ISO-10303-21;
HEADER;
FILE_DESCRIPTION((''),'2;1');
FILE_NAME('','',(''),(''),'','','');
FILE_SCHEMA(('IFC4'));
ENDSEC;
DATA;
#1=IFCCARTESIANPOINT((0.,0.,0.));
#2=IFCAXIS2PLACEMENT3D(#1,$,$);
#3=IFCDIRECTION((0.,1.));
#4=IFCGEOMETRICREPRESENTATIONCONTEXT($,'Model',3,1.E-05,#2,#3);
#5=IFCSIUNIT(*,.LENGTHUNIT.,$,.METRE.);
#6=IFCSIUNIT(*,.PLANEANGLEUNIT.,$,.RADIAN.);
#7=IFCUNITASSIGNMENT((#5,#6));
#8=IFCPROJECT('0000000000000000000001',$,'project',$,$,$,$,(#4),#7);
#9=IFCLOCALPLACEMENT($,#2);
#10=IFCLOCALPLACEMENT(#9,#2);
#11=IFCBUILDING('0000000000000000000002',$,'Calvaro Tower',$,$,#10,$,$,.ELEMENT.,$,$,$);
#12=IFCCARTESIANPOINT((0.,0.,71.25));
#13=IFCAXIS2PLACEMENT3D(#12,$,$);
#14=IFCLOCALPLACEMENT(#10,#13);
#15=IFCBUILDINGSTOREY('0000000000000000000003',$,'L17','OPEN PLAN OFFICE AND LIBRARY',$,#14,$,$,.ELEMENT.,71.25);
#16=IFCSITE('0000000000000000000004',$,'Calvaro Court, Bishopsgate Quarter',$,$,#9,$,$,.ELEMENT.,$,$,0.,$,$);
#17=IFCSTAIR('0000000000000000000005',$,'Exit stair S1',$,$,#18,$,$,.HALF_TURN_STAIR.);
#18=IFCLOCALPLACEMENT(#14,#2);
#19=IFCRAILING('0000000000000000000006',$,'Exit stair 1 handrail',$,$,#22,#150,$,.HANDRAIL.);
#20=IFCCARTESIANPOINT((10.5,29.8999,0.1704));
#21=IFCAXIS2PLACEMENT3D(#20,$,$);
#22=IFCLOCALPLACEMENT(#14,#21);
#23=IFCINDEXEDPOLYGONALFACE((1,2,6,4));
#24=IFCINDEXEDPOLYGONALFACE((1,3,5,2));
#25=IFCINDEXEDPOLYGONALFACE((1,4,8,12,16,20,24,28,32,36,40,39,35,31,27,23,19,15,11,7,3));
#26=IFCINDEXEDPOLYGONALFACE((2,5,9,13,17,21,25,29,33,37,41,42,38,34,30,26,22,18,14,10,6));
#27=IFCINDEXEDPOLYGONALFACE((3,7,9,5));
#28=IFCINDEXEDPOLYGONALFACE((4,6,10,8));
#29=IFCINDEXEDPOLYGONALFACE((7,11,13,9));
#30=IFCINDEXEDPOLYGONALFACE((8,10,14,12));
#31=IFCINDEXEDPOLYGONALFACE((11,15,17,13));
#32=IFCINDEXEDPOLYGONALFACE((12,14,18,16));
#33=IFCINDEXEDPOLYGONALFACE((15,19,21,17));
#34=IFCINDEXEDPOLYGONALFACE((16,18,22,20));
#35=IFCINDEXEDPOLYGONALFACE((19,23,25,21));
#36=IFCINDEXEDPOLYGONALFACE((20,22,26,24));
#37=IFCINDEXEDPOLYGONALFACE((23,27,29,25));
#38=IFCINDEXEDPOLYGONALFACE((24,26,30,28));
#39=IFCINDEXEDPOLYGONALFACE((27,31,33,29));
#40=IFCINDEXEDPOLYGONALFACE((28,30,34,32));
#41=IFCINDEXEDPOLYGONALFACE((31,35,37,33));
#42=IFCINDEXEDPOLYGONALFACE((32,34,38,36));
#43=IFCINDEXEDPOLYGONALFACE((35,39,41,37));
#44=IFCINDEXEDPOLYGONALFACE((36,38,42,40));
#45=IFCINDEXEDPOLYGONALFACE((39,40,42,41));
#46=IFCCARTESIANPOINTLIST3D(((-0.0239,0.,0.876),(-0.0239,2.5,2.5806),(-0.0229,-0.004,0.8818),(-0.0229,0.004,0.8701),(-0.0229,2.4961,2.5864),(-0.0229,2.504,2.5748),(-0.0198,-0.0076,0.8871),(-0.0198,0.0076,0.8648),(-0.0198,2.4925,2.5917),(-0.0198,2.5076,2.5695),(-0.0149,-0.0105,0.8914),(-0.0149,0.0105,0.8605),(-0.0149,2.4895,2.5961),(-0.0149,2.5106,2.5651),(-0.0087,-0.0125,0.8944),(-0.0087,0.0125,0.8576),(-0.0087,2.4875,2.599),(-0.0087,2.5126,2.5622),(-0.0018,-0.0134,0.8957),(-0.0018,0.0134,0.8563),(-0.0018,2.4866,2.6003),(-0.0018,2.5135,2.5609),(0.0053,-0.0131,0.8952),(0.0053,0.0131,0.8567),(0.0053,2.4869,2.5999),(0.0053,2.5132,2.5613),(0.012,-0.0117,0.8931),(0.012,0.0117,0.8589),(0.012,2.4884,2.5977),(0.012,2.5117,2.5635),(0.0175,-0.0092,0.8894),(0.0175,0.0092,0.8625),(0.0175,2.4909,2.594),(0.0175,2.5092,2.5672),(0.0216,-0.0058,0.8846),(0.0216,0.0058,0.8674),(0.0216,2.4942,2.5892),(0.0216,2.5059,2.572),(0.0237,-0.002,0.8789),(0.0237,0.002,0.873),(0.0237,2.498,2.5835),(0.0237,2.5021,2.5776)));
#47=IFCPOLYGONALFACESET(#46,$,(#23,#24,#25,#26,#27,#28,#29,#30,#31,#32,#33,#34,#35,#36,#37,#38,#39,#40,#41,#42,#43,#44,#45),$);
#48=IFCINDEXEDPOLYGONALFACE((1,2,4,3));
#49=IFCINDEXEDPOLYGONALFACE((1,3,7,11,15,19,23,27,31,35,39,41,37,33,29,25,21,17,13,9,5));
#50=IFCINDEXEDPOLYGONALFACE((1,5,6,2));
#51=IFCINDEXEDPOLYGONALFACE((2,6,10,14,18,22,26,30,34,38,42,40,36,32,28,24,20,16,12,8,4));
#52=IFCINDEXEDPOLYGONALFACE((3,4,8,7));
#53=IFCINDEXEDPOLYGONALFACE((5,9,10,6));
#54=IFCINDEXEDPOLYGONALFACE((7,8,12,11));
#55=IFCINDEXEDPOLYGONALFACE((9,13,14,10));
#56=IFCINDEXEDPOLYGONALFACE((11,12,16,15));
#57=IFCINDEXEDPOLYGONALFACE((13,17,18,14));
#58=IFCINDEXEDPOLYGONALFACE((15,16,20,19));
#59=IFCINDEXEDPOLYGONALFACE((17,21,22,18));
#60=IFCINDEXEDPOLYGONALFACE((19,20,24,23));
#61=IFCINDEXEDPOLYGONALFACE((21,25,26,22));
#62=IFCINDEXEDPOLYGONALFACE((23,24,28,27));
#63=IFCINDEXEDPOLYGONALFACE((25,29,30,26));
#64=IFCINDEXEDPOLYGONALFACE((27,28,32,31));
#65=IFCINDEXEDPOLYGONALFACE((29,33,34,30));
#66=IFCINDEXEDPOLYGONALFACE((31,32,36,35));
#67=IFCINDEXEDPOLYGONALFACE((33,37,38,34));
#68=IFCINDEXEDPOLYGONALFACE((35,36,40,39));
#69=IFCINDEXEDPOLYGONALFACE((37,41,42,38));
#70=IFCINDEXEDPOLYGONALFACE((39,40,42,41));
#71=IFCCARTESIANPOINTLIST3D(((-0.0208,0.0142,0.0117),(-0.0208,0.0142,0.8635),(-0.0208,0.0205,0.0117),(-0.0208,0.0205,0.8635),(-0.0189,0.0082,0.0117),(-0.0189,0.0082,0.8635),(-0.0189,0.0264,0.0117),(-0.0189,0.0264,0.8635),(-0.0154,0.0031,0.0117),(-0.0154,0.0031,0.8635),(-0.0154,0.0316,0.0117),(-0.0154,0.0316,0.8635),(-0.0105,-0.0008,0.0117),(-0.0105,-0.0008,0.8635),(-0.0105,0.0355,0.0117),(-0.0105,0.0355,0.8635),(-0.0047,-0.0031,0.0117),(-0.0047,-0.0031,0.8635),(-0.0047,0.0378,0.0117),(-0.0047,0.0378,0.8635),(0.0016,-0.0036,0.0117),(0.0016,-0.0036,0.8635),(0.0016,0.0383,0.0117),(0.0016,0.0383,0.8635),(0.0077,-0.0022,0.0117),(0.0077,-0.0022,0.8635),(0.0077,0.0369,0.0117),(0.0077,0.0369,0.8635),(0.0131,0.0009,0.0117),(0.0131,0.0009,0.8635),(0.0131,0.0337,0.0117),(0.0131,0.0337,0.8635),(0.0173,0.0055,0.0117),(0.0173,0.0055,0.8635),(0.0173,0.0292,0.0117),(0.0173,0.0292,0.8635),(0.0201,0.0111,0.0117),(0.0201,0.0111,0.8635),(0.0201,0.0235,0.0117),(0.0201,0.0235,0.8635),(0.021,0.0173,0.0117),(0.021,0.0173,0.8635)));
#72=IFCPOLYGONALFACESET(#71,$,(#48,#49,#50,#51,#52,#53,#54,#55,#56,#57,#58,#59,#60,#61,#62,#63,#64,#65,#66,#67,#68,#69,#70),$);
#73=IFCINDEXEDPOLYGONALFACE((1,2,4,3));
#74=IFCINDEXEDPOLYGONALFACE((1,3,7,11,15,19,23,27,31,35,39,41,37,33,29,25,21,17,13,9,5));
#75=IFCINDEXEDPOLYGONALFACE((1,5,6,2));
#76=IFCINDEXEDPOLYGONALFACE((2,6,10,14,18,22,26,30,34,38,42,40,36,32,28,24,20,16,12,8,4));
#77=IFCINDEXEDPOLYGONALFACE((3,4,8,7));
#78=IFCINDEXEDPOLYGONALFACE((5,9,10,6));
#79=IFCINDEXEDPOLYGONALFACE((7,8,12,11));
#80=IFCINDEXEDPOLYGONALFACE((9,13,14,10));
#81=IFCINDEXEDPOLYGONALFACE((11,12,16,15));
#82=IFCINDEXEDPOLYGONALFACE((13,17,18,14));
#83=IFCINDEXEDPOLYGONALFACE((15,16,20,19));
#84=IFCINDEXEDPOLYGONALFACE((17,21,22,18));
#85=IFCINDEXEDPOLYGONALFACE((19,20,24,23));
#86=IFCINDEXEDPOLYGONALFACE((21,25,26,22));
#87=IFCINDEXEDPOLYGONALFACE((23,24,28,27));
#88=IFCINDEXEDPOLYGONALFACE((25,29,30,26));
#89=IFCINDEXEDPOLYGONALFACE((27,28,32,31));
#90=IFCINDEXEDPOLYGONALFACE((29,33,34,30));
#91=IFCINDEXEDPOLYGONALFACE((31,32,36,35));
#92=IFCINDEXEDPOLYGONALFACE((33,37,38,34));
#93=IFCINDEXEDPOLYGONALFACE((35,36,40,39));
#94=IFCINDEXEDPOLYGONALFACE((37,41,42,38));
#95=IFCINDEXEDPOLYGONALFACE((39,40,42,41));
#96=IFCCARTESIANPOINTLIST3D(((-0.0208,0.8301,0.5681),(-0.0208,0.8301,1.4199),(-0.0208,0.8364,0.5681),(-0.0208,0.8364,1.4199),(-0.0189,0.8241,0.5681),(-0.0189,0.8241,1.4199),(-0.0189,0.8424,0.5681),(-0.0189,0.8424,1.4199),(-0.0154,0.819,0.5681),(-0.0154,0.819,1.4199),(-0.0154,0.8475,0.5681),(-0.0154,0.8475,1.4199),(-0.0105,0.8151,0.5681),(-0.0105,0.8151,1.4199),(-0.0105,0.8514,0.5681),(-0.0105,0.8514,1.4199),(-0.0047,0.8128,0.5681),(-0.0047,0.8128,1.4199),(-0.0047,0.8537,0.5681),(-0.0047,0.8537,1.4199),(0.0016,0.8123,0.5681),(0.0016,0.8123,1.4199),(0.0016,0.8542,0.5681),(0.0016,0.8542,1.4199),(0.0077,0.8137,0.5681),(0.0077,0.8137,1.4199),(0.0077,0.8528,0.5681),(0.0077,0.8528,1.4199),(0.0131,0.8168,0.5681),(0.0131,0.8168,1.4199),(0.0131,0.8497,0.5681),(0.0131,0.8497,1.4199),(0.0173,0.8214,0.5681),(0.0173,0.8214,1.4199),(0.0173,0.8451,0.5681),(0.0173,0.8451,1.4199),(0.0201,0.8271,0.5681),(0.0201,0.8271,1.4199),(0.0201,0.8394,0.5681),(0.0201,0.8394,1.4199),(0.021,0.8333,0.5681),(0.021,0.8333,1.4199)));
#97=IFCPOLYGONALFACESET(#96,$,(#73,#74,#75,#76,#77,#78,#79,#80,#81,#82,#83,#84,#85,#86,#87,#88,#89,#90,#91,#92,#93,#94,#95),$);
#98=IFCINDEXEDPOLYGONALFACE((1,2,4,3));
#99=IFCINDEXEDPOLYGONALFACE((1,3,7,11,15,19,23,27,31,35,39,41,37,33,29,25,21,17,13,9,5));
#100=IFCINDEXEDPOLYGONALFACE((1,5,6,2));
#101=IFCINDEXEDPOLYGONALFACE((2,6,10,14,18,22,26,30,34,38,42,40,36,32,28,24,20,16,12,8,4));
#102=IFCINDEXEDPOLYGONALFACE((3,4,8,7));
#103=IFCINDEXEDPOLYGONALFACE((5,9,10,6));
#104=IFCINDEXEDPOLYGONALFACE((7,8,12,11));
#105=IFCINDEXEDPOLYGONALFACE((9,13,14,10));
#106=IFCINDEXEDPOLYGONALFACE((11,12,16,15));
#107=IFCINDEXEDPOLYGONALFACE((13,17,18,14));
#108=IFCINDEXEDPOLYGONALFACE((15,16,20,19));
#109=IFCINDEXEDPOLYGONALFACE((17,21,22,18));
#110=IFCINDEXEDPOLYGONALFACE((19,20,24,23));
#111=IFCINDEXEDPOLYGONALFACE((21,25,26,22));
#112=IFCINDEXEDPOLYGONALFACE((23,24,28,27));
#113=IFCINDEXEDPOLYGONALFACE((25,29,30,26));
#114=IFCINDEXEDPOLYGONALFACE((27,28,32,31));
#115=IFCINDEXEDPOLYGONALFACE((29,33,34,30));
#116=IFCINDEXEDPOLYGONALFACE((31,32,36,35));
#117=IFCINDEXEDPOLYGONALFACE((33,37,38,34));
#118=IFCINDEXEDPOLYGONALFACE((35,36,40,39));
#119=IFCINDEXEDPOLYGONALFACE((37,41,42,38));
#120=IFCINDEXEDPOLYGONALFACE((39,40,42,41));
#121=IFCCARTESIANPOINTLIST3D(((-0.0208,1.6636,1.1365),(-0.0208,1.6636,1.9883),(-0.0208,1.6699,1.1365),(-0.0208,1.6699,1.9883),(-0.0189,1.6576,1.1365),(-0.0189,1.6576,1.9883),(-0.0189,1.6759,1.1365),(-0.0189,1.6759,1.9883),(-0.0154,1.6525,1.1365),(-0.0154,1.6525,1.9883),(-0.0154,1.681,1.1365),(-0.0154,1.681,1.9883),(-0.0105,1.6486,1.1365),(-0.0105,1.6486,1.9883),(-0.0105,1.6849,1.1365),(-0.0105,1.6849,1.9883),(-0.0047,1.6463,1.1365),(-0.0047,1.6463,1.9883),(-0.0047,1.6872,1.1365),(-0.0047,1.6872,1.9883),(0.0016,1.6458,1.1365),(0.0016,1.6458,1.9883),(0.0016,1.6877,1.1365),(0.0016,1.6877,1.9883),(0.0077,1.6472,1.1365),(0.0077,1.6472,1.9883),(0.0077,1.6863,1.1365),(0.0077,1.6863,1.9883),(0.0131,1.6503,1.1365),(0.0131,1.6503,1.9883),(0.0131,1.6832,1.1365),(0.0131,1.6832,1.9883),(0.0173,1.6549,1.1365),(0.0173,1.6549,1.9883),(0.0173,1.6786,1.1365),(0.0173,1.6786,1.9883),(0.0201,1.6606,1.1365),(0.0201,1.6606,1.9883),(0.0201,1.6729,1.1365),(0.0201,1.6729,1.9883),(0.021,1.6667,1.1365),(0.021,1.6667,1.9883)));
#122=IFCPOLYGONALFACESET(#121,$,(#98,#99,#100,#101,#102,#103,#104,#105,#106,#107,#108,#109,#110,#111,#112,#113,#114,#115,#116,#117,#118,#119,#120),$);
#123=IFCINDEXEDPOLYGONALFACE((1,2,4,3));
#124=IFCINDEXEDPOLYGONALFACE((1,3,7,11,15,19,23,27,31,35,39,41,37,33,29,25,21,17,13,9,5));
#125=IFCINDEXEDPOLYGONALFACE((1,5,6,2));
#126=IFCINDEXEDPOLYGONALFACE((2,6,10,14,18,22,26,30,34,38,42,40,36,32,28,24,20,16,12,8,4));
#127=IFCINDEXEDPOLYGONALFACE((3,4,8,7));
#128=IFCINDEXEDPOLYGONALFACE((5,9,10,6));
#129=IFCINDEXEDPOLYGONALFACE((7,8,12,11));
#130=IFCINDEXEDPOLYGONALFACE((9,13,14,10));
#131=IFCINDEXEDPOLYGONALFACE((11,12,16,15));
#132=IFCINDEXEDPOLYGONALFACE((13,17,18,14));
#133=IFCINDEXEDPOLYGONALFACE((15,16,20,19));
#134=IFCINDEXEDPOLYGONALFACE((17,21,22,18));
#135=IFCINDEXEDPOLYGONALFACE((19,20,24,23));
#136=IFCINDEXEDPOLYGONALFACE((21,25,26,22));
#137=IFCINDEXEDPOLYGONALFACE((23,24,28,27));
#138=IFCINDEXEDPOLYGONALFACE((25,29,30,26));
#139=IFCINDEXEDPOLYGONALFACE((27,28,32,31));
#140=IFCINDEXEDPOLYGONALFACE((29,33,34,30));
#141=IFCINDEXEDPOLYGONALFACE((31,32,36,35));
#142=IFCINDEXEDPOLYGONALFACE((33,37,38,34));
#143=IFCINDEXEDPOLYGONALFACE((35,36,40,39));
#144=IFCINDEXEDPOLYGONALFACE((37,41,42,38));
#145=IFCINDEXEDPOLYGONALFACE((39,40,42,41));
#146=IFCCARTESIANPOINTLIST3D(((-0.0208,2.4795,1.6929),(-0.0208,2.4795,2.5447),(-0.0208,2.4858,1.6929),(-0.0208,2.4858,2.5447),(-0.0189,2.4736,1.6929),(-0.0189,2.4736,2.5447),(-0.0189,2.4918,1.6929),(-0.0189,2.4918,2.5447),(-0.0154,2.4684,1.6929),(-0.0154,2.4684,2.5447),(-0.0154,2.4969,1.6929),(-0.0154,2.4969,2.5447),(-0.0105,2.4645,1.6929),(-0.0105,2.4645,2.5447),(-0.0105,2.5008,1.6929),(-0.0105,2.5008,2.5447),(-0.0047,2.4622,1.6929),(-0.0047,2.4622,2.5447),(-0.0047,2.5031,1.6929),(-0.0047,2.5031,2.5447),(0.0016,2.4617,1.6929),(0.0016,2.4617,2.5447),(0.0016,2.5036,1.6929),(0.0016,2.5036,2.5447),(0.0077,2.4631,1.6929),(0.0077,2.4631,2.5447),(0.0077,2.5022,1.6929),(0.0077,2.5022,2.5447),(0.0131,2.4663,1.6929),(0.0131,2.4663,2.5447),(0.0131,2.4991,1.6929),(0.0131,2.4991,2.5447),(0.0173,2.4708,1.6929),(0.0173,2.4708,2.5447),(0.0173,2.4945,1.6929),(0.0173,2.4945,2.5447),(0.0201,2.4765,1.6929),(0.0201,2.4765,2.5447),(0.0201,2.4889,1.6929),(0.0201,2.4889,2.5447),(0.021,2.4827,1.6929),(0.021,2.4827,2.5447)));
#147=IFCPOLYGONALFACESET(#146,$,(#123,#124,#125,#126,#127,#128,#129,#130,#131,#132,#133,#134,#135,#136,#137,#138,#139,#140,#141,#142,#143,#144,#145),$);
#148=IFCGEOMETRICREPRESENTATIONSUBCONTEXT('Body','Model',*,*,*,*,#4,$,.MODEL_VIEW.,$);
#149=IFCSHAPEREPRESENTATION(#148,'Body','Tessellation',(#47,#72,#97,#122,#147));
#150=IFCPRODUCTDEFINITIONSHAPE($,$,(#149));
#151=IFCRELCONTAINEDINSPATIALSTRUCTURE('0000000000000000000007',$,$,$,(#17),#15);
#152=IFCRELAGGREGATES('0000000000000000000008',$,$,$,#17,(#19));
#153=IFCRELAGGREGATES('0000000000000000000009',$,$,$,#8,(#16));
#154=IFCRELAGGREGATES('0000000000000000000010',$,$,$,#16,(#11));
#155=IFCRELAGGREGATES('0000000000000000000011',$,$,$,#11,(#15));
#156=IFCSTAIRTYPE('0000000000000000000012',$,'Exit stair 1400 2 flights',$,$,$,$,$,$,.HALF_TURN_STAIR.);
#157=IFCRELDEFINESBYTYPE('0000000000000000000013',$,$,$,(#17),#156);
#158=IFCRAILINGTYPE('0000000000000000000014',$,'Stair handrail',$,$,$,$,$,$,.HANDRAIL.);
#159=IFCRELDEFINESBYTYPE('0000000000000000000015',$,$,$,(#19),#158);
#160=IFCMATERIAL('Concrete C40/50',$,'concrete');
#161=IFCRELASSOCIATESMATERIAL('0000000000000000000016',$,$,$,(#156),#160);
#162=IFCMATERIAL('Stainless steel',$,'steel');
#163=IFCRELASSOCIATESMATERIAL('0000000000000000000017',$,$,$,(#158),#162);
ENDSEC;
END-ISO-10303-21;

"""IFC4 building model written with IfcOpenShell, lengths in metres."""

from ifc_helpers import new_model, si_unit, direction, frame, origin, origin_2d, place, context, subcontext, project, spatial, circle, extrude, material, type_object, element, aggregate, save


model = new_model("IFC4")

# Units and contexts
model_context = context("Model", 3, precision=1e-05, world=origin(), true_north=direction((0.0, 1.0)))
body_context = subcontext(model_context, "Body", "Model", "MODEL_VIEW")
ifc_project = project(units=[si_unit("LENGTHUNIT", "METRE"), si_unit("PLANEANGLEUNIT", "RADIAN")], contexts=[model_context])

# Site, building, storey
site_placement = place(None, origin())
site = spatial("IfcSite", under=ifc_project, at=site_placement, Name="Calvaro Court, Bishopsgate Quarter", CompositionType="ELEMENT", RefElevation=0.0)
building_placement = place(site_placement, origin())
building = spatial("IfcBuilding", under=site, at=building_placement, Name="Calvaro Tower", CompositionType="ELEMENT")
storey_placement = place(building_placement, frame((0.0, 0.0, 71.25)))
storey = spatial("IfcBuildingStorey", under=building, at=storey_placement, Name="L17", Description="OPEN PLAN OFFICE AND LIBRARY", CompositionType="ELEMENT", Elevation=71.25)

# Stair, railing
ifc_material_1 = material(Name="Concrete C40/50", Category="concrete")
stair_type = type_object("IfcStairType", Name="Exit stair 1400 2 flights", PredefinedType="HALF_TURN_STAIR", material=ifc_material_1)
stair_placement = place(storey_placement, origin())
stair = element("IfcStair", 1, at=stair_placement, inside=storey, type_object=stair_type, Name="Exit stair S1", PredefinedType="HALF_TURN_STAIR")
ifc_material_2 = material(Name="Stainless steel", Category="steel")
railing_type = type_object("IfcRailingType", Name="Stair handrail", PredefinedType="HANDRAIL", material=ifc_material_2)
railing_placement = place(storey_placement, frame((10.5, 29.8999, 0.1704)))
railing = element("IfcRailing", 2, at=railing_placement, type_object=railing_type, Name="Exit stair 1 handrail", PredefinedType="HANDRAIL", context=body_context, shape_type="SweptSolid", body=[
    extrude(circle(Radius=0.0239, at=origin_2d()), frame((0.0, 0.0, 0.876), z_axis=(0.0, 0.826221, 0.563347), x_axis=(-1.0, 0.0, 0.0)), (0.0, 0.0, 1.0), 3.0259),
    extrude(circle(Radius=0.021, at=origin_2d()), frame((0.0, 0.0173, 0.0117)), (0.0, 0.0, 1.0), 0.8518),
    extrude(circle(Radius=0.021, at=origin_2d()), frame((0.0, 0.8333, 0.5681)), (0.0, 0.0, 1.0), 0.8518),
    extrude(circle(Radius=0.021, at=origin_2d()), frame((0.0, 1.6667, 1.1365)), (0.0, 0.0, 1.0), 0.8518),
    extrude(circle(Radius=0.021, at=origin_2d()), frame((0.0, 2.4827, 1.6929)), (0.0, 0.0, 1.0), 0.8518),
])
aggregate(stair, [railing])

save(model, "model.ifc")
